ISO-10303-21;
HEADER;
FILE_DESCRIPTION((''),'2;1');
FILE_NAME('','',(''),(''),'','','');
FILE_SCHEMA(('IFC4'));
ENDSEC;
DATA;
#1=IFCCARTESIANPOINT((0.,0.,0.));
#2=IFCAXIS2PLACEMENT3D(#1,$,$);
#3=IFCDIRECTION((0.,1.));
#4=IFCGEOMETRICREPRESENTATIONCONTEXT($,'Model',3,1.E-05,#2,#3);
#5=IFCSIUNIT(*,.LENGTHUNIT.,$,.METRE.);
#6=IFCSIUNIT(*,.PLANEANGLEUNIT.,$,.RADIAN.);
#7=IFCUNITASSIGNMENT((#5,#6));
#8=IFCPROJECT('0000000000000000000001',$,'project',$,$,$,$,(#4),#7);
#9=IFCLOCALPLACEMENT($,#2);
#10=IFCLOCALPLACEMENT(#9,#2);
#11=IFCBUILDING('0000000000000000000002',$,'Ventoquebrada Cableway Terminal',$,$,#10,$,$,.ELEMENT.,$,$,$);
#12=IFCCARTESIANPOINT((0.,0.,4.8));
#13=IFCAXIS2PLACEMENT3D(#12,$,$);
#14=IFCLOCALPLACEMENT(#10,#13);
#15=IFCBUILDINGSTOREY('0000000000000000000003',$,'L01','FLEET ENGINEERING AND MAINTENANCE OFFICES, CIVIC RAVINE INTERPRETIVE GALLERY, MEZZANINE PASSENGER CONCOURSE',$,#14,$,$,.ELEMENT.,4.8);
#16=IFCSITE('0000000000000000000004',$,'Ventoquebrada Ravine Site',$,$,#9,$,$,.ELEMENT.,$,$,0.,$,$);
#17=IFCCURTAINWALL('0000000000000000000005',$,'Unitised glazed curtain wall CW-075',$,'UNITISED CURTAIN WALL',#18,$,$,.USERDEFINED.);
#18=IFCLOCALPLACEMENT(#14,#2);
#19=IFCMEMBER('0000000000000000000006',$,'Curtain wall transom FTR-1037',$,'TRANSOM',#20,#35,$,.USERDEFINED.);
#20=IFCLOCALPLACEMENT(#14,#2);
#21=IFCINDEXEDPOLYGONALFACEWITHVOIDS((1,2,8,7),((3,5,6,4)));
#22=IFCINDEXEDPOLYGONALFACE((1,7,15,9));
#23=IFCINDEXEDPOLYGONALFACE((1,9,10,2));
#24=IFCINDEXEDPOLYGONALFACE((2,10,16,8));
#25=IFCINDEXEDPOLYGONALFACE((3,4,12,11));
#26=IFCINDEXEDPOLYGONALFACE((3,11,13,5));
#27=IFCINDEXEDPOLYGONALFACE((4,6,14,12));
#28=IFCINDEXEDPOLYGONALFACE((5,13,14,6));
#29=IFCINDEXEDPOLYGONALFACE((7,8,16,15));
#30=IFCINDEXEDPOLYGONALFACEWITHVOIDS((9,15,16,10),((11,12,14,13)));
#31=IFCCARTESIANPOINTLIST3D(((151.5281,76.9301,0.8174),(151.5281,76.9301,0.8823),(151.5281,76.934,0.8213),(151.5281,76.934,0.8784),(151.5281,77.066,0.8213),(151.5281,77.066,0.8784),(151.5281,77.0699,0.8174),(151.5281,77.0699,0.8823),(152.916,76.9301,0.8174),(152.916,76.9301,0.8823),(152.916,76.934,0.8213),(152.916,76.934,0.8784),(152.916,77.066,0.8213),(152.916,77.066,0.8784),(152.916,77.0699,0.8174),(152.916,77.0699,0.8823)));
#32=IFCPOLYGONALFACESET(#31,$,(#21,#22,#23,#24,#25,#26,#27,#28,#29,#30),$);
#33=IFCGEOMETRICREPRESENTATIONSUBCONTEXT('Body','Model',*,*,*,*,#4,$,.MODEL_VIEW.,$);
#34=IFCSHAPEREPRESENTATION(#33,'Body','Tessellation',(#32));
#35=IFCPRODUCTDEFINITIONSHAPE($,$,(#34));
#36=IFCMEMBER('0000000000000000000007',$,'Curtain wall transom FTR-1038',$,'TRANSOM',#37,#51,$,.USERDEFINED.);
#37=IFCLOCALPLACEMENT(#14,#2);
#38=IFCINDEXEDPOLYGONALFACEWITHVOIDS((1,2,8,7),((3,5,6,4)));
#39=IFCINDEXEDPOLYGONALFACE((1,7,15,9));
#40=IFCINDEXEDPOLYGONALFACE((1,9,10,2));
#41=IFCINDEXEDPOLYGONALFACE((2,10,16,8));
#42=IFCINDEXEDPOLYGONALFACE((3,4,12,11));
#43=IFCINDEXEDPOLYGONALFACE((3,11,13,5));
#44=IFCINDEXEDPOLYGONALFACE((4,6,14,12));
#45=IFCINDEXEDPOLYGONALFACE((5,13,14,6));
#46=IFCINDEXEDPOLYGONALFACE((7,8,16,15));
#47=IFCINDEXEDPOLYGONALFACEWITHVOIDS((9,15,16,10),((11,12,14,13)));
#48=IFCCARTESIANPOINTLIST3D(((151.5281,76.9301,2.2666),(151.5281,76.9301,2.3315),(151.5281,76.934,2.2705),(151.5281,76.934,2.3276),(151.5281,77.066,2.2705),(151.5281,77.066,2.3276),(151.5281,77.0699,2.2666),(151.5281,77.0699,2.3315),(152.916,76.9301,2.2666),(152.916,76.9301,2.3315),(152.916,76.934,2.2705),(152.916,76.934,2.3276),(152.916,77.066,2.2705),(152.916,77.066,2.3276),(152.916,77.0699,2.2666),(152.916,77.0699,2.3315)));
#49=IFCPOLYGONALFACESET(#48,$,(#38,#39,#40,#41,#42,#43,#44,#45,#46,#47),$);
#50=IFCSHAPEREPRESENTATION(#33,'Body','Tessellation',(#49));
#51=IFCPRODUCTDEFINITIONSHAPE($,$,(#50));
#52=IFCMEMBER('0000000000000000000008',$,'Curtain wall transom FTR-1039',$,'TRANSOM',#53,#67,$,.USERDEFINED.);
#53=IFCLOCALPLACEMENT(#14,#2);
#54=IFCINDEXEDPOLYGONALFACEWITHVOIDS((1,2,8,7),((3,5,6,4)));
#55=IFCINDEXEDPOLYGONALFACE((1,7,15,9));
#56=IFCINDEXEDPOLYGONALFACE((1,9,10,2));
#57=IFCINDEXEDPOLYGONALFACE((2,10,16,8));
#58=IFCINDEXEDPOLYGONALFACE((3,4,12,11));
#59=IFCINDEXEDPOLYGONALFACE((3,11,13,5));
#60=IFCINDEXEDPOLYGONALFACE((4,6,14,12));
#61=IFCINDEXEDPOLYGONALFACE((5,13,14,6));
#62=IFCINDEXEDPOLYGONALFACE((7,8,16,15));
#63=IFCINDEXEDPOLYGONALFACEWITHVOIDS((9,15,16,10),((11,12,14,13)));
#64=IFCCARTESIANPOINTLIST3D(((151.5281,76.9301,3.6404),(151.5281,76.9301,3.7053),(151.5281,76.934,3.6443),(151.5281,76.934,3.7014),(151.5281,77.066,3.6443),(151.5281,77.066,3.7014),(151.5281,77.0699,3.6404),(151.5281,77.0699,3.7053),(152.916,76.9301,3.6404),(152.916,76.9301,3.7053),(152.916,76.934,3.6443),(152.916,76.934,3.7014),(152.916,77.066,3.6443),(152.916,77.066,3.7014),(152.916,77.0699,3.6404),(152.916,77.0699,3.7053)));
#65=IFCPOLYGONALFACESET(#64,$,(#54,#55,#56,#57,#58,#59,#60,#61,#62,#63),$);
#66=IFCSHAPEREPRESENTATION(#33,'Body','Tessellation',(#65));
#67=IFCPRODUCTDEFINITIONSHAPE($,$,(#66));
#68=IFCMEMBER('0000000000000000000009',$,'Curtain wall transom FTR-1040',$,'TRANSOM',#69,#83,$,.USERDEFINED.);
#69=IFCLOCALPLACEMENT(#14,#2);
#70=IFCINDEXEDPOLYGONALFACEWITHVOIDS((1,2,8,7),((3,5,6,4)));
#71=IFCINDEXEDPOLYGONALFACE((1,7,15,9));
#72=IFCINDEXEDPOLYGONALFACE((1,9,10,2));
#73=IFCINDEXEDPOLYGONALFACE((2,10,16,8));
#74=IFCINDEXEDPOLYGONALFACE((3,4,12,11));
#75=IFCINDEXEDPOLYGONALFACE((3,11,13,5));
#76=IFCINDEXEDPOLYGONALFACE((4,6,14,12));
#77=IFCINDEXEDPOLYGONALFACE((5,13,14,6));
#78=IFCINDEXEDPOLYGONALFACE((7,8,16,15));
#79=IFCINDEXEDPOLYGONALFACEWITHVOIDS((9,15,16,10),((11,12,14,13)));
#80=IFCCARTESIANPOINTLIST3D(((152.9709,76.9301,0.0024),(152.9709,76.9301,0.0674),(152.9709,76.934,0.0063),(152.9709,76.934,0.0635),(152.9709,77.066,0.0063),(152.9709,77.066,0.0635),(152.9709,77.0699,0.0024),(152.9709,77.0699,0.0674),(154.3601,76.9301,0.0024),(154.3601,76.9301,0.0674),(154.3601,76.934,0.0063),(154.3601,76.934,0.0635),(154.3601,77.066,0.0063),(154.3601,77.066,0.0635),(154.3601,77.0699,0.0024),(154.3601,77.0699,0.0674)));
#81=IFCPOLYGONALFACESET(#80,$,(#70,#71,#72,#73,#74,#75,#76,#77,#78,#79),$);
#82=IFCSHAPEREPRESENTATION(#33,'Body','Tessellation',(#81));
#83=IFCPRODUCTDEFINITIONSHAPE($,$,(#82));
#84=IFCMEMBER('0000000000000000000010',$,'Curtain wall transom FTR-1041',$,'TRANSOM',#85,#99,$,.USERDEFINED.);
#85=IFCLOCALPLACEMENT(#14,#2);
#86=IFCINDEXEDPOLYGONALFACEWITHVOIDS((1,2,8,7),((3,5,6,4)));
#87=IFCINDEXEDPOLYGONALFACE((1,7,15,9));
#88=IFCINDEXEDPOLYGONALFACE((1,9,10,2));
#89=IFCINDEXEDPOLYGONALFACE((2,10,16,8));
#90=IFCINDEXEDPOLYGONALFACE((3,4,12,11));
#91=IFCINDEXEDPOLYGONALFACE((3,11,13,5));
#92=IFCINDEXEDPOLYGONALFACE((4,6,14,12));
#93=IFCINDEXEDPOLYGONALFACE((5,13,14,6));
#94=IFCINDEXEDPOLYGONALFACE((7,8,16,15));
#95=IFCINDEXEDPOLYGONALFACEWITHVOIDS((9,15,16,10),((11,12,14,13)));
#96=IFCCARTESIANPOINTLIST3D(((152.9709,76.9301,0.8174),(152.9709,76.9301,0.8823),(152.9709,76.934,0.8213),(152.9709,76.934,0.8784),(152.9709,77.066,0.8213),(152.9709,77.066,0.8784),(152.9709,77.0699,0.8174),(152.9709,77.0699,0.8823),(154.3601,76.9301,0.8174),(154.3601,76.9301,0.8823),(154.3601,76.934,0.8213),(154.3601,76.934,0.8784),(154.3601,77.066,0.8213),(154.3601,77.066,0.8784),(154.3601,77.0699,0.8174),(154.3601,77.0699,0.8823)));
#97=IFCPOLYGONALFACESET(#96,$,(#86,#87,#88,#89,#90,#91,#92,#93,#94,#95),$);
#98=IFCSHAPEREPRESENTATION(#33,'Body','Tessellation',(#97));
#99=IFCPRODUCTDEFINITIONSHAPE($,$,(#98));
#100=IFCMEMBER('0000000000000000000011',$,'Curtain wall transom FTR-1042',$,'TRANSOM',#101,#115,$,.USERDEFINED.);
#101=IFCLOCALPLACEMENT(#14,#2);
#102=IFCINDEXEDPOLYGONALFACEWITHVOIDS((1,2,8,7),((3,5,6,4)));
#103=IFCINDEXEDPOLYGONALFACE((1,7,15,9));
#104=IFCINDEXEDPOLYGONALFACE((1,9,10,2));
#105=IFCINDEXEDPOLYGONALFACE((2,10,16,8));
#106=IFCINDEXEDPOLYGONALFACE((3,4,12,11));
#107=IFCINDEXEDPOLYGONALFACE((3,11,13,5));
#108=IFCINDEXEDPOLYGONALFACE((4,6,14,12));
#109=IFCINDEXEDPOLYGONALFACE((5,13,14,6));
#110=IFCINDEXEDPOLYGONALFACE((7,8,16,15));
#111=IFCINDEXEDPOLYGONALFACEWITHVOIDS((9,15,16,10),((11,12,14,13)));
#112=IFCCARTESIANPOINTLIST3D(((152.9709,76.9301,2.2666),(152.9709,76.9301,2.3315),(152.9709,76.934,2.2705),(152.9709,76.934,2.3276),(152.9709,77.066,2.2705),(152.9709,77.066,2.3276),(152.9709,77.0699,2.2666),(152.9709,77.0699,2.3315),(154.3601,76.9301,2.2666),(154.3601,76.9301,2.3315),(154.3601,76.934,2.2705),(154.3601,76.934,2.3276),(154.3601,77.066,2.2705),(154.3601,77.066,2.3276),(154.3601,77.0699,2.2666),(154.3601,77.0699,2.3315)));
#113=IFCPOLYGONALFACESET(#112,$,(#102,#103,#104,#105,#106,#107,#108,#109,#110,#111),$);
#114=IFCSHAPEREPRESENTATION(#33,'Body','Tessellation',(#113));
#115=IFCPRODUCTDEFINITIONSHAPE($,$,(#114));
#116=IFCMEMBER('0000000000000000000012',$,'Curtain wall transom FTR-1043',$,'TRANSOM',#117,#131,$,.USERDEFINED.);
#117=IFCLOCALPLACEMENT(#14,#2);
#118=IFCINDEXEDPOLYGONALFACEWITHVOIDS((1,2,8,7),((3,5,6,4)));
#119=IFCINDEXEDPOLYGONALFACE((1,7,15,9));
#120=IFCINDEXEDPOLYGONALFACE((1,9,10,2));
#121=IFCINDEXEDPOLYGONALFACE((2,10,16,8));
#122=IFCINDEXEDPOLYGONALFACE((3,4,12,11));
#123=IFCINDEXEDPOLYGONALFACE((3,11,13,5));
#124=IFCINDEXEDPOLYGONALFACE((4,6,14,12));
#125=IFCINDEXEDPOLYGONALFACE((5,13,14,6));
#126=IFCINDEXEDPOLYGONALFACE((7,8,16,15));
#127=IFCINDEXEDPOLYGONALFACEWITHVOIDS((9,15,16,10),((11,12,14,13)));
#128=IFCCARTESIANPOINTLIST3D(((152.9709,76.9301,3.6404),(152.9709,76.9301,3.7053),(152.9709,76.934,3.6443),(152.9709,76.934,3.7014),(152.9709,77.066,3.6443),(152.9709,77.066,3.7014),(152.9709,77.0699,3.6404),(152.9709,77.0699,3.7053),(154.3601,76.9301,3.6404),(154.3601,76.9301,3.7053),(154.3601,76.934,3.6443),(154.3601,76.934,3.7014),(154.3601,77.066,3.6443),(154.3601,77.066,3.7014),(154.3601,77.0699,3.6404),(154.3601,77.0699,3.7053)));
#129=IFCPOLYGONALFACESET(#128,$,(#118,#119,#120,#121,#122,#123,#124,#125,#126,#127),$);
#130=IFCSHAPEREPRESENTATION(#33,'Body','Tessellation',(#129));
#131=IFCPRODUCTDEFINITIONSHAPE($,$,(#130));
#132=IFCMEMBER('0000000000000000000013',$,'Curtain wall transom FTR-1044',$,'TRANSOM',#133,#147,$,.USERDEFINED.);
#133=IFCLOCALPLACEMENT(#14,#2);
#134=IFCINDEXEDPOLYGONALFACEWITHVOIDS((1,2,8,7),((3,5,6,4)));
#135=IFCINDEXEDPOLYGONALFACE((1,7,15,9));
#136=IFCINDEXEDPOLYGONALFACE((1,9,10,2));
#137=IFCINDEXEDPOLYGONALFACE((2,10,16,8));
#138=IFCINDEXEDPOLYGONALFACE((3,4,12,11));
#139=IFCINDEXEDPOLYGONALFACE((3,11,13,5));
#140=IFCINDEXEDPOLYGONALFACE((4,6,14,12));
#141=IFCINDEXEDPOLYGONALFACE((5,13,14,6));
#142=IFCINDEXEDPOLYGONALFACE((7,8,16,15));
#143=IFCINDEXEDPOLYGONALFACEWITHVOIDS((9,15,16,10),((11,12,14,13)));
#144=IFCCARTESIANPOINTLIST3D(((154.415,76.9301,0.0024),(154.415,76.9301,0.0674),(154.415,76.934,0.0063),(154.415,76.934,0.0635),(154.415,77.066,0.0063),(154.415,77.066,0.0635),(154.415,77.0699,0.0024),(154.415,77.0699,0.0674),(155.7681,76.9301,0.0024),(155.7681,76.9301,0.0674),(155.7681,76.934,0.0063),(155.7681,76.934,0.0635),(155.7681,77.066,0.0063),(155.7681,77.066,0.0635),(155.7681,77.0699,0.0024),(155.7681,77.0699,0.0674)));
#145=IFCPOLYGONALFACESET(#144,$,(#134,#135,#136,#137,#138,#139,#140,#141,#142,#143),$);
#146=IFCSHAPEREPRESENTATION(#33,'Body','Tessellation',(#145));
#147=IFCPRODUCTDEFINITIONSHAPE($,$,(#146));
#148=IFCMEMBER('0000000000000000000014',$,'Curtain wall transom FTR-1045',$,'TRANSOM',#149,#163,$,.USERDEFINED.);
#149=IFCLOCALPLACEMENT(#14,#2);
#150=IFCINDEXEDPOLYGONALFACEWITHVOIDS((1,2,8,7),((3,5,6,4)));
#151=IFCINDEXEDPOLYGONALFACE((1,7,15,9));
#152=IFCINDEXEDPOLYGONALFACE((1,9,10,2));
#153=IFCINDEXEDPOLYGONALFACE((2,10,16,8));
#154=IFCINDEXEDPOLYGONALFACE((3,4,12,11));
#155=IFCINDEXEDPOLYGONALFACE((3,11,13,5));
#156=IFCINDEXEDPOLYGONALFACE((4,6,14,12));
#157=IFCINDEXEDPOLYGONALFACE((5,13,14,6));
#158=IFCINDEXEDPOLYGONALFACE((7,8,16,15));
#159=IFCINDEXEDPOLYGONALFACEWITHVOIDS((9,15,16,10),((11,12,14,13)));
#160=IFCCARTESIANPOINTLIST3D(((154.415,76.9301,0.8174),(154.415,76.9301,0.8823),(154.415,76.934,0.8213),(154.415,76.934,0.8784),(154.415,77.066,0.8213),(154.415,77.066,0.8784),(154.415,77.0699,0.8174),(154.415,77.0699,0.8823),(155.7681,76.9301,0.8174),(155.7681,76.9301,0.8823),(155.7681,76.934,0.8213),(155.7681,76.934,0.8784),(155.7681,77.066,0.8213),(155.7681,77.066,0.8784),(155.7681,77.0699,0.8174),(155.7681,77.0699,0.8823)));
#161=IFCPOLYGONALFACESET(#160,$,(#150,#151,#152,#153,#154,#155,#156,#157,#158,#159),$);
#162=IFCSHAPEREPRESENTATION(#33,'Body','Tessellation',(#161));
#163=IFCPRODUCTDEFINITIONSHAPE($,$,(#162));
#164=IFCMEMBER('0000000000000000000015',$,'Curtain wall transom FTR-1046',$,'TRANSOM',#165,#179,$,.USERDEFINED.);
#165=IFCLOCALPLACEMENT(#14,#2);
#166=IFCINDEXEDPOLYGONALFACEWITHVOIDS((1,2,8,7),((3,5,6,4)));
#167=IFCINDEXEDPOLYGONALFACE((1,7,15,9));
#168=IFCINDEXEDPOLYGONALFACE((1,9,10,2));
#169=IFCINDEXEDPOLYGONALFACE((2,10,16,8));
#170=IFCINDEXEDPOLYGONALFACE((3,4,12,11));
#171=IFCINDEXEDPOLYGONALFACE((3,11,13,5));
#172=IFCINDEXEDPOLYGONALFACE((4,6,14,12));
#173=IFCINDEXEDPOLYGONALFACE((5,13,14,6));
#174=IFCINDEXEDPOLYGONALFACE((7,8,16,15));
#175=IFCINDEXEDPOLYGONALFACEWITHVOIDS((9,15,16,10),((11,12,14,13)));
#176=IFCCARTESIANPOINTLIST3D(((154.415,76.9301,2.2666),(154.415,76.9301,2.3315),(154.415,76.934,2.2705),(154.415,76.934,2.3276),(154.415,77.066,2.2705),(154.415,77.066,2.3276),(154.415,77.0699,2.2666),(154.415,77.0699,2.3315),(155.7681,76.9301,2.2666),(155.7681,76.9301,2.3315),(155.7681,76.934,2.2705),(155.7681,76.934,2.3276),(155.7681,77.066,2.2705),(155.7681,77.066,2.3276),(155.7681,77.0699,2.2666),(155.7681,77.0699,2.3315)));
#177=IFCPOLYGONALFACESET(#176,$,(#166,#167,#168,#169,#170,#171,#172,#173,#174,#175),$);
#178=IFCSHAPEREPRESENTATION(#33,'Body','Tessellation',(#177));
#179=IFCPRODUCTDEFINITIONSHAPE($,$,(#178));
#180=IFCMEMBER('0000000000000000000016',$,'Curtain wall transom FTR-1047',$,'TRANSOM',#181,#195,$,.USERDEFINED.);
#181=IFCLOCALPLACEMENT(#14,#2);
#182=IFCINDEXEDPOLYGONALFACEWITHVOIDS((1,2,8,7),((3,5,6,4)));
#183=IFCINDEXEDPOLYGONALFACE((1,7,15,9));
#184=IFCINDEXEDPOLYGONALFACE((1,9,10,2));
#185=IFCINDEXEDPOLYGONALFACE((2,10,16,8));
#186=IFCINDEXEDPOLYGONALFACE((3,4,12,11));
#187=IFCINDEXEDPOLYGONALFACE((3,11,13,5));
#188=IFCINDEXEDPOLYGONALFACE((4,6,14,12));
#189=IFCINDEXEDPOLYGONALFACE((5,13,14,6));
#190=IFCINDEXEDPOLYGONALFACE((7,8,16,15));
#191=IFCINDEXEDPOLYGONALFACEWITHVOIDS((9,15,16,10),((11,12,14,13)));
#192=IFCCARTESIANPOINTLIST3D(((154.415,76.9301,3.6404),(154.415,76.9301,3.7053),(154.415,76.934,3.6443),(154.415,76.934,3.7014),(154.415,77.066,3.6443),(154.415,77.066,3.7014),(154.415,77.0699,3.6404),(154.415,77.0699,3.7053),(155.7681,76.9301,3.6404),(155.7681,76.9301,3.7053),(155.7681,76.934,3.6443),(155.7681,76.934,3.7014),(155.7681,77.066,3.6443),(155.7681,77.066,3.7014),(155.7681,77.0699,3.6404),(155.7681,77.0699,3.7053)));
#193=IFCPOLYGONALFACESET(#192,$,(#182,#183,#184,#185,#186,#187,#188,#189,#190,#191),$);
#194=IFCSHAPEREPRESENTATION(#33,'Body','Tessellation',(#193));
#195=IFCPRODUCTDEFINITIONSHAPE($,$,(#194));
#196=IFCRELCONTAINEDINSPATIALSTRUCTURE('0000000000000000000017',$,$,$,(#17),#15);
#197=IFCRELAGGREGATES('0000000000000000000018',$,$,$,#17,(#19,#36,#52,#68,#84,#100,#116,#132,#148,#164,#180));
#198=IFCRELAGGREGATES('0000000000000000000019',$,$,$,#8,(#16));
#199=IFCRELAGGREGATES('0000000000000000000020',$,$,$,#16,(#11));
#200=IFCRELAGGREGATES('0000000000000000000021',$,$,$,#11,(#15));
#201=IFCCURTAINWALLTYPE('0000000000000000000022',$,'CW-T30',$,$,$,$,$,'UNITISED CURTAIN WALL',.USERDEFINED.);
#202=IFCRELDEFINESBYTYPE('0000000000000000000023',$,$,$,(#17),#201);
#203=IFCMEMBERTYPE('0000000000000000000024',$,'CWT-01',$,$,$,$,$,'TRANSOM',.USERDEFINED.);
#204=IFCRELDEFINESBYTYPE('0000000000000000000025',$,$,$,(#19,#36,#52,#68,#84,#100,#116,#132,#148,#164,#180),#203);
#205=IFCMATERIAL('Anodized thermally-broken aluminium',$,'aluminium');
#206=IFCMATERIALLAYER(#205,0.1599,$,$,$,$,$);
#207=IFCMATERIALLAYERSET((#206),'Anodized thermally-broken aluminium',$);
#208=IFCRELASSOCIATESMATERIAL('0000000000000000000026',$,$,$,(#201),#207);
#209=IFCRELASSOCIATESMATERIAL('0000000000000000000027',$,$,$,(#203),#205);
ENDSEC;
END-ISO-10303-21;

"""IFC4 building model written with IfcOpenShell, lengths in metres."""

from ifc_helpers import new_model, si_unit, direction, frame, origin, origin_2d, place, context, subcontext, project, spatial, hollow_rectangle, extrude, material, layer, layer_set, material_profile, profile_set, type_object, element, aggregate, save


model = new_model("IFC4")

# Units and contexts
model_context = context("Model", 3, precision=1e-05, world=origin(), true_north=direction((0.0, 1.0)))
body_context = subcontext(model_context, "Body", "Model", "MODEL_VIEW")
ifc_project = project(units=[si_unit("LENGTHUNIT", "METRE"), si_unit("PLANEANGLEUNIT", "RADIAN")], contexts=[model_context])

# Site, building, storey
site_placement = place(None, origin())
site = spatial("IfcSite", under=ifc_project, at=site_placement, Name="Ventoquebrada Ravine Site", CompositionType="ELEMENT", RefElevation=0.0)
building_placement = place(site_placement, origin())
building = spatial("IfcBuilding", under=site, at=building_placement, Name="Ventoquebrada Cableway Terminal", CompositionType="ELEMENT")
storey_placement = place(building_placement, frame((0.0, 0.0, 4.8)))
storey = spatial("IfcBuildingStorey", under=building, at=storey_placement, Name="L01", Description="FLEET ENGINEERING AND MAINTENANCE OFFICES, CIVIC RAVINE INTERPRETIVE GALLERY, MEZZANINE PASSENGER CONCOURSE", CompositionType="ELEMENT", Elevation=4.8)

# Curtain wall, members
ifc_material_1 = material(Name="Anodized thermally-broken aluminium", Category="aluminium")
ifc_layer_1 = layer(ifc_material_1, 0.1599)
ifc_layer_set_1 = layer_set([ifc_layer_1], Name="Anodized thermally-broken aluminium")
curtain_wall_type = type_object("IfcCurtainWallType", Name="CW-T30", ElementType="UNITISED CURTAIN WALL", PredefinedType="USERDEFINED", material=ifc_layer_set_1)
curtain_wall_placement = place(storey_placement, origin())
curtain_wall = element("IfcCurtainWall", 1, at=curtain_wall_placement, inside=storey, type_object=curtain_wall_type, Name="Unitised glazed curtain wall CW-075", ObjectType="UNITISED CURTAIN WALL", PredefinedType="USERDEFINED")
ifc_material_profile_1 = material_profile(ifc_material_1, hollow_rectangle(XDim=0.0649, YDim=0.1399, WallThickness=0.0039, at=origin_2d()), Name="CW-TRN-65X140")
ifc_profile_set_1 = profile_set([ifc_material_profile_1], Name="Anodized thermally-broken aluminium")
member_type_1 = type_object("IfcMemberType", Name="CWT-01", ElementType="TRANSOM", PredefinedType="USERDEFINED", material=ifc_profile_set_1)
member_1_placement = place(storey_placement, frame((151.5281, 77.0, 0.8499), z_axis=(1.0, 0.0, 0.0), x_axis=(0.0, 0.0, 1.0)))
member_1 = element("IfcMember", 2, at=member_1_placement, type_object=member_type_1, Name="Curtain wall transom FTR-1037", ObjectType="TRANSOM", PredefinedType="USERDEFINED", context=body_context, shape_type="SweptSolid", body=[
    extrude(hollow_rectangle(XDim=0.0649, YDim=0.1399, WallThickness=0.0039, at=origin_2d()), origin(), (0.0, 0.0, 1.0), 1.3879),
])
member_2_placement = place(storey_placement, frame((151.5281, 77.0, 2.2991), z_axis=(1.0, 0.0, 0.0), x_axis=(0.0, 0.0, 1.0)))
member_2 = element("IfcMember", 3, at=member_2_placement, type_object=member_type_1, Name="Curtain wall transom FTR-1038", ObjectType="TRANSOM", PredefinedType="USERDEFINED", context=body_context, shape_type="SweptSolid", body=[
    extrude(hollow_rectangle(XDim=0.0649, YDim=0.1399, WallThickness=0.0039, at=origin_2d()), origin(), (0.0, 0.0, 1.0), 1.3879),
])
member_3_placement = place(storey_placement, frame((151.5281, 77.0, 3.6729), z_axis=(1.0, 0.0, 0.0), x_axis=(0.0, 0.0, 1.0)))
member_3 = element("IfcMember", 4, at=member_3_placement, type_object=member_type_1, Name="Curtain wall transom FTR-1039", ObjectType="TRANSOM", PredefinedType="USERDEFINED", context=body_context, shape_type="SweptSolid", body=[
    extrude(hollow_rectangle(XDim=0.0649, YDim=0.1399, WallThickness=0.0039, at=origin_2d()), origin(), (0.0, 0.0, 1.0), 1.3879),
])
member_4_placement = place(storey_placement, frame((152.9709, 77.0, 0.0349), z_axis=(1.0, 0.0, 0.0), x_axis=(0.0, 0.0, 1.0)))
member_4 = element("IfcMember", 5, at=member_4_placement, type_object=member_type_1, Name="Curtain wall transom FTR-1040", ObjectType="TRANSOM", PredefinedType="USERDEFINED", context=body_context, shape_type="SweptSolid", body=[
    extrude(hollow_rectangle(XDim=0.0649, YDim=0.1399, WallThickness=0.0039, at=origin_2d()), origin(), (0.0, 0.0, 1.0), 1.3892),
])
member_5_placement = place(storey_placement, frame((152.9709, 77.0, 0.8499), z_axis=(1.0, 0.0, 0.0), x_axis=(0.0, 0.0, 1.0)))
member_5 = element("IfcMember", 6, at=member_5_placement, type_object=member_type_1, Name="Curtain wall transom FTR-1041", ObjectType="TRANSOM", PredefinedType="USERDEFINED", context=body_context, shape_type="SweptSolid", body=[
    extrude(hollow_rectangle(XDim=0.0649, YDim=0.1399, WallThickness=0.0039, at=origin_2d()), origin(), (0.0, 0.0, 1.0), 1.3892),
])
member_6_placement = place(storey_placement, frame((152.9709, 77.0, 2.2991), z_axis=(1.0, 0.0, 0.0), x_axis=(0.0, 0.0, 1.0)))
member_6 = element("IfcMember", 7, at=member_6_placement, type_object=member_type_1, Name="Curtain wall transom FTR-1042", ObjectType="TRANSOM", PredefinedType="USERDEFINED", context=body_context, shape_type="SweptSolid", body=[
    extrude(hollow_rectangle(XDim=0.0649, YDim=0.1399, WallThickness=0.0039, at=origin_2d()), origin(), (0.0, 0.0, 1.0), 1.3892),
])
member_7_placement = place(storey_placement, frame((152.9709, 77.0, 3.6729), z_axis=(1.0, 0.0, 0.0), x_axis=(0.0, 0.0, 1.0)))
member_7 = element("IfcMember", 8, at=member_7_placement, type_object=member_type_1, Name="Curtain wall transom FTR-1043", ObjectType="TRANSOM", PredefinedType="USERDEFINED", context=body_context, shape_type="SweptSolid", body=[
    extrude(hollow_rectangle(XDim=0.0649, YDim=0.1399, WallThickness=0.0039, at=origin_2d()), origin(), (0.0, 0.0, 1.0), 1.3892),
])
member_8_placement = place(storey_placement, frame((154.415, 77.0, 0.0349), z_axis=(1.0, 0.0, 0.0), x_axis=(0.0, 0.0, 1.0)))
member_8 = element("IfcMember", 9, at=member_8_placement, type_object=member_type_1, Name="Curtain wall transom FTR-1044", ObjectType="TRANSOM", PredefinedType="USERDEFINED", context=body_context, shape_type="SweptSolid", body=[
    extrude(hollow_rectangle(XDim=0.0649, YDim=0.1399, WallThickness=0.0039, at=origin_2d()), origin(), (0.0, 0.0, 1.0), 1.353),
])
member_9_placement = place(storey_placement, frame((154.415, 77.0, 0.8499), z_axis=(1.0, 0.0, 0.0), x_axis=(0.0, 0.0, 1.0)))
member_9 = element("IfcMember", 10, at=member_9_placement, type_object=member_type_1, Name="Curtain wall transom FTR-1045", ObjectType="TRANSOM", PredefinedType="USERDEFINED", context=body_context, shape_type="SweptSolid", body=[
    extrude(hollow_rectangle(XDim=0.0649, YDim=0.1399, WallThickness=0.0039, at=origin_2d()), origin(), (0.0, 0.0, 1.0), 1.353),
])
member_10_placement = place(storey_placement, frame((154.415, 77.0, 2.2991), z_axis=(1.0, 0.0, 0.0), x_axis=(0.0, 0.0, 1.0)))
member_10 = element("IfcMember", 11, at=member_10_placement, type_object=member_type_1, Name="Curtain wall transom FTR-1046", ObjectType="TRANSOM", PredefinedType="USERDEFINED", context=body_context, shape_type="SweptSolid", body=[
    extrude(hollow_rectangle(XDim=0.0649, YDim=0.1399, WallThickness=0.0039, at=origin_2d()), origin(), (0.0, 0.0, 1.0), 1.353),
])
member_11_placement = place(storey_placement, frame((154.415, 77.0, 3.6729), z_axis=(1.0, 0.0, 0.0), x_axis=(0.0, 0.0, 1.0)))
member_11 = element("IfcMember", 12, at=member_11_placement, type_object=member_type_1, Name="Curtain wall transom FTR-1047", ObjectType="TRANSOM", PredefinedType="USERDEFINED", context=body_context, shape_type="SweptSolid", body=[
    extrude(hollow_rectangle(XDim=0.0649, YDim=0.1399, WallThickness=0.0039, at=origin_2d()), origin(), (0.0, 0.0, 1.0), 1.353),
])
aggregate(curtain_wall, [member_1, member_2, member_3, member_4, member_5, member_6, member_7, member_8, member_9, member_10, member_11])

save(model, "model.ifc")
